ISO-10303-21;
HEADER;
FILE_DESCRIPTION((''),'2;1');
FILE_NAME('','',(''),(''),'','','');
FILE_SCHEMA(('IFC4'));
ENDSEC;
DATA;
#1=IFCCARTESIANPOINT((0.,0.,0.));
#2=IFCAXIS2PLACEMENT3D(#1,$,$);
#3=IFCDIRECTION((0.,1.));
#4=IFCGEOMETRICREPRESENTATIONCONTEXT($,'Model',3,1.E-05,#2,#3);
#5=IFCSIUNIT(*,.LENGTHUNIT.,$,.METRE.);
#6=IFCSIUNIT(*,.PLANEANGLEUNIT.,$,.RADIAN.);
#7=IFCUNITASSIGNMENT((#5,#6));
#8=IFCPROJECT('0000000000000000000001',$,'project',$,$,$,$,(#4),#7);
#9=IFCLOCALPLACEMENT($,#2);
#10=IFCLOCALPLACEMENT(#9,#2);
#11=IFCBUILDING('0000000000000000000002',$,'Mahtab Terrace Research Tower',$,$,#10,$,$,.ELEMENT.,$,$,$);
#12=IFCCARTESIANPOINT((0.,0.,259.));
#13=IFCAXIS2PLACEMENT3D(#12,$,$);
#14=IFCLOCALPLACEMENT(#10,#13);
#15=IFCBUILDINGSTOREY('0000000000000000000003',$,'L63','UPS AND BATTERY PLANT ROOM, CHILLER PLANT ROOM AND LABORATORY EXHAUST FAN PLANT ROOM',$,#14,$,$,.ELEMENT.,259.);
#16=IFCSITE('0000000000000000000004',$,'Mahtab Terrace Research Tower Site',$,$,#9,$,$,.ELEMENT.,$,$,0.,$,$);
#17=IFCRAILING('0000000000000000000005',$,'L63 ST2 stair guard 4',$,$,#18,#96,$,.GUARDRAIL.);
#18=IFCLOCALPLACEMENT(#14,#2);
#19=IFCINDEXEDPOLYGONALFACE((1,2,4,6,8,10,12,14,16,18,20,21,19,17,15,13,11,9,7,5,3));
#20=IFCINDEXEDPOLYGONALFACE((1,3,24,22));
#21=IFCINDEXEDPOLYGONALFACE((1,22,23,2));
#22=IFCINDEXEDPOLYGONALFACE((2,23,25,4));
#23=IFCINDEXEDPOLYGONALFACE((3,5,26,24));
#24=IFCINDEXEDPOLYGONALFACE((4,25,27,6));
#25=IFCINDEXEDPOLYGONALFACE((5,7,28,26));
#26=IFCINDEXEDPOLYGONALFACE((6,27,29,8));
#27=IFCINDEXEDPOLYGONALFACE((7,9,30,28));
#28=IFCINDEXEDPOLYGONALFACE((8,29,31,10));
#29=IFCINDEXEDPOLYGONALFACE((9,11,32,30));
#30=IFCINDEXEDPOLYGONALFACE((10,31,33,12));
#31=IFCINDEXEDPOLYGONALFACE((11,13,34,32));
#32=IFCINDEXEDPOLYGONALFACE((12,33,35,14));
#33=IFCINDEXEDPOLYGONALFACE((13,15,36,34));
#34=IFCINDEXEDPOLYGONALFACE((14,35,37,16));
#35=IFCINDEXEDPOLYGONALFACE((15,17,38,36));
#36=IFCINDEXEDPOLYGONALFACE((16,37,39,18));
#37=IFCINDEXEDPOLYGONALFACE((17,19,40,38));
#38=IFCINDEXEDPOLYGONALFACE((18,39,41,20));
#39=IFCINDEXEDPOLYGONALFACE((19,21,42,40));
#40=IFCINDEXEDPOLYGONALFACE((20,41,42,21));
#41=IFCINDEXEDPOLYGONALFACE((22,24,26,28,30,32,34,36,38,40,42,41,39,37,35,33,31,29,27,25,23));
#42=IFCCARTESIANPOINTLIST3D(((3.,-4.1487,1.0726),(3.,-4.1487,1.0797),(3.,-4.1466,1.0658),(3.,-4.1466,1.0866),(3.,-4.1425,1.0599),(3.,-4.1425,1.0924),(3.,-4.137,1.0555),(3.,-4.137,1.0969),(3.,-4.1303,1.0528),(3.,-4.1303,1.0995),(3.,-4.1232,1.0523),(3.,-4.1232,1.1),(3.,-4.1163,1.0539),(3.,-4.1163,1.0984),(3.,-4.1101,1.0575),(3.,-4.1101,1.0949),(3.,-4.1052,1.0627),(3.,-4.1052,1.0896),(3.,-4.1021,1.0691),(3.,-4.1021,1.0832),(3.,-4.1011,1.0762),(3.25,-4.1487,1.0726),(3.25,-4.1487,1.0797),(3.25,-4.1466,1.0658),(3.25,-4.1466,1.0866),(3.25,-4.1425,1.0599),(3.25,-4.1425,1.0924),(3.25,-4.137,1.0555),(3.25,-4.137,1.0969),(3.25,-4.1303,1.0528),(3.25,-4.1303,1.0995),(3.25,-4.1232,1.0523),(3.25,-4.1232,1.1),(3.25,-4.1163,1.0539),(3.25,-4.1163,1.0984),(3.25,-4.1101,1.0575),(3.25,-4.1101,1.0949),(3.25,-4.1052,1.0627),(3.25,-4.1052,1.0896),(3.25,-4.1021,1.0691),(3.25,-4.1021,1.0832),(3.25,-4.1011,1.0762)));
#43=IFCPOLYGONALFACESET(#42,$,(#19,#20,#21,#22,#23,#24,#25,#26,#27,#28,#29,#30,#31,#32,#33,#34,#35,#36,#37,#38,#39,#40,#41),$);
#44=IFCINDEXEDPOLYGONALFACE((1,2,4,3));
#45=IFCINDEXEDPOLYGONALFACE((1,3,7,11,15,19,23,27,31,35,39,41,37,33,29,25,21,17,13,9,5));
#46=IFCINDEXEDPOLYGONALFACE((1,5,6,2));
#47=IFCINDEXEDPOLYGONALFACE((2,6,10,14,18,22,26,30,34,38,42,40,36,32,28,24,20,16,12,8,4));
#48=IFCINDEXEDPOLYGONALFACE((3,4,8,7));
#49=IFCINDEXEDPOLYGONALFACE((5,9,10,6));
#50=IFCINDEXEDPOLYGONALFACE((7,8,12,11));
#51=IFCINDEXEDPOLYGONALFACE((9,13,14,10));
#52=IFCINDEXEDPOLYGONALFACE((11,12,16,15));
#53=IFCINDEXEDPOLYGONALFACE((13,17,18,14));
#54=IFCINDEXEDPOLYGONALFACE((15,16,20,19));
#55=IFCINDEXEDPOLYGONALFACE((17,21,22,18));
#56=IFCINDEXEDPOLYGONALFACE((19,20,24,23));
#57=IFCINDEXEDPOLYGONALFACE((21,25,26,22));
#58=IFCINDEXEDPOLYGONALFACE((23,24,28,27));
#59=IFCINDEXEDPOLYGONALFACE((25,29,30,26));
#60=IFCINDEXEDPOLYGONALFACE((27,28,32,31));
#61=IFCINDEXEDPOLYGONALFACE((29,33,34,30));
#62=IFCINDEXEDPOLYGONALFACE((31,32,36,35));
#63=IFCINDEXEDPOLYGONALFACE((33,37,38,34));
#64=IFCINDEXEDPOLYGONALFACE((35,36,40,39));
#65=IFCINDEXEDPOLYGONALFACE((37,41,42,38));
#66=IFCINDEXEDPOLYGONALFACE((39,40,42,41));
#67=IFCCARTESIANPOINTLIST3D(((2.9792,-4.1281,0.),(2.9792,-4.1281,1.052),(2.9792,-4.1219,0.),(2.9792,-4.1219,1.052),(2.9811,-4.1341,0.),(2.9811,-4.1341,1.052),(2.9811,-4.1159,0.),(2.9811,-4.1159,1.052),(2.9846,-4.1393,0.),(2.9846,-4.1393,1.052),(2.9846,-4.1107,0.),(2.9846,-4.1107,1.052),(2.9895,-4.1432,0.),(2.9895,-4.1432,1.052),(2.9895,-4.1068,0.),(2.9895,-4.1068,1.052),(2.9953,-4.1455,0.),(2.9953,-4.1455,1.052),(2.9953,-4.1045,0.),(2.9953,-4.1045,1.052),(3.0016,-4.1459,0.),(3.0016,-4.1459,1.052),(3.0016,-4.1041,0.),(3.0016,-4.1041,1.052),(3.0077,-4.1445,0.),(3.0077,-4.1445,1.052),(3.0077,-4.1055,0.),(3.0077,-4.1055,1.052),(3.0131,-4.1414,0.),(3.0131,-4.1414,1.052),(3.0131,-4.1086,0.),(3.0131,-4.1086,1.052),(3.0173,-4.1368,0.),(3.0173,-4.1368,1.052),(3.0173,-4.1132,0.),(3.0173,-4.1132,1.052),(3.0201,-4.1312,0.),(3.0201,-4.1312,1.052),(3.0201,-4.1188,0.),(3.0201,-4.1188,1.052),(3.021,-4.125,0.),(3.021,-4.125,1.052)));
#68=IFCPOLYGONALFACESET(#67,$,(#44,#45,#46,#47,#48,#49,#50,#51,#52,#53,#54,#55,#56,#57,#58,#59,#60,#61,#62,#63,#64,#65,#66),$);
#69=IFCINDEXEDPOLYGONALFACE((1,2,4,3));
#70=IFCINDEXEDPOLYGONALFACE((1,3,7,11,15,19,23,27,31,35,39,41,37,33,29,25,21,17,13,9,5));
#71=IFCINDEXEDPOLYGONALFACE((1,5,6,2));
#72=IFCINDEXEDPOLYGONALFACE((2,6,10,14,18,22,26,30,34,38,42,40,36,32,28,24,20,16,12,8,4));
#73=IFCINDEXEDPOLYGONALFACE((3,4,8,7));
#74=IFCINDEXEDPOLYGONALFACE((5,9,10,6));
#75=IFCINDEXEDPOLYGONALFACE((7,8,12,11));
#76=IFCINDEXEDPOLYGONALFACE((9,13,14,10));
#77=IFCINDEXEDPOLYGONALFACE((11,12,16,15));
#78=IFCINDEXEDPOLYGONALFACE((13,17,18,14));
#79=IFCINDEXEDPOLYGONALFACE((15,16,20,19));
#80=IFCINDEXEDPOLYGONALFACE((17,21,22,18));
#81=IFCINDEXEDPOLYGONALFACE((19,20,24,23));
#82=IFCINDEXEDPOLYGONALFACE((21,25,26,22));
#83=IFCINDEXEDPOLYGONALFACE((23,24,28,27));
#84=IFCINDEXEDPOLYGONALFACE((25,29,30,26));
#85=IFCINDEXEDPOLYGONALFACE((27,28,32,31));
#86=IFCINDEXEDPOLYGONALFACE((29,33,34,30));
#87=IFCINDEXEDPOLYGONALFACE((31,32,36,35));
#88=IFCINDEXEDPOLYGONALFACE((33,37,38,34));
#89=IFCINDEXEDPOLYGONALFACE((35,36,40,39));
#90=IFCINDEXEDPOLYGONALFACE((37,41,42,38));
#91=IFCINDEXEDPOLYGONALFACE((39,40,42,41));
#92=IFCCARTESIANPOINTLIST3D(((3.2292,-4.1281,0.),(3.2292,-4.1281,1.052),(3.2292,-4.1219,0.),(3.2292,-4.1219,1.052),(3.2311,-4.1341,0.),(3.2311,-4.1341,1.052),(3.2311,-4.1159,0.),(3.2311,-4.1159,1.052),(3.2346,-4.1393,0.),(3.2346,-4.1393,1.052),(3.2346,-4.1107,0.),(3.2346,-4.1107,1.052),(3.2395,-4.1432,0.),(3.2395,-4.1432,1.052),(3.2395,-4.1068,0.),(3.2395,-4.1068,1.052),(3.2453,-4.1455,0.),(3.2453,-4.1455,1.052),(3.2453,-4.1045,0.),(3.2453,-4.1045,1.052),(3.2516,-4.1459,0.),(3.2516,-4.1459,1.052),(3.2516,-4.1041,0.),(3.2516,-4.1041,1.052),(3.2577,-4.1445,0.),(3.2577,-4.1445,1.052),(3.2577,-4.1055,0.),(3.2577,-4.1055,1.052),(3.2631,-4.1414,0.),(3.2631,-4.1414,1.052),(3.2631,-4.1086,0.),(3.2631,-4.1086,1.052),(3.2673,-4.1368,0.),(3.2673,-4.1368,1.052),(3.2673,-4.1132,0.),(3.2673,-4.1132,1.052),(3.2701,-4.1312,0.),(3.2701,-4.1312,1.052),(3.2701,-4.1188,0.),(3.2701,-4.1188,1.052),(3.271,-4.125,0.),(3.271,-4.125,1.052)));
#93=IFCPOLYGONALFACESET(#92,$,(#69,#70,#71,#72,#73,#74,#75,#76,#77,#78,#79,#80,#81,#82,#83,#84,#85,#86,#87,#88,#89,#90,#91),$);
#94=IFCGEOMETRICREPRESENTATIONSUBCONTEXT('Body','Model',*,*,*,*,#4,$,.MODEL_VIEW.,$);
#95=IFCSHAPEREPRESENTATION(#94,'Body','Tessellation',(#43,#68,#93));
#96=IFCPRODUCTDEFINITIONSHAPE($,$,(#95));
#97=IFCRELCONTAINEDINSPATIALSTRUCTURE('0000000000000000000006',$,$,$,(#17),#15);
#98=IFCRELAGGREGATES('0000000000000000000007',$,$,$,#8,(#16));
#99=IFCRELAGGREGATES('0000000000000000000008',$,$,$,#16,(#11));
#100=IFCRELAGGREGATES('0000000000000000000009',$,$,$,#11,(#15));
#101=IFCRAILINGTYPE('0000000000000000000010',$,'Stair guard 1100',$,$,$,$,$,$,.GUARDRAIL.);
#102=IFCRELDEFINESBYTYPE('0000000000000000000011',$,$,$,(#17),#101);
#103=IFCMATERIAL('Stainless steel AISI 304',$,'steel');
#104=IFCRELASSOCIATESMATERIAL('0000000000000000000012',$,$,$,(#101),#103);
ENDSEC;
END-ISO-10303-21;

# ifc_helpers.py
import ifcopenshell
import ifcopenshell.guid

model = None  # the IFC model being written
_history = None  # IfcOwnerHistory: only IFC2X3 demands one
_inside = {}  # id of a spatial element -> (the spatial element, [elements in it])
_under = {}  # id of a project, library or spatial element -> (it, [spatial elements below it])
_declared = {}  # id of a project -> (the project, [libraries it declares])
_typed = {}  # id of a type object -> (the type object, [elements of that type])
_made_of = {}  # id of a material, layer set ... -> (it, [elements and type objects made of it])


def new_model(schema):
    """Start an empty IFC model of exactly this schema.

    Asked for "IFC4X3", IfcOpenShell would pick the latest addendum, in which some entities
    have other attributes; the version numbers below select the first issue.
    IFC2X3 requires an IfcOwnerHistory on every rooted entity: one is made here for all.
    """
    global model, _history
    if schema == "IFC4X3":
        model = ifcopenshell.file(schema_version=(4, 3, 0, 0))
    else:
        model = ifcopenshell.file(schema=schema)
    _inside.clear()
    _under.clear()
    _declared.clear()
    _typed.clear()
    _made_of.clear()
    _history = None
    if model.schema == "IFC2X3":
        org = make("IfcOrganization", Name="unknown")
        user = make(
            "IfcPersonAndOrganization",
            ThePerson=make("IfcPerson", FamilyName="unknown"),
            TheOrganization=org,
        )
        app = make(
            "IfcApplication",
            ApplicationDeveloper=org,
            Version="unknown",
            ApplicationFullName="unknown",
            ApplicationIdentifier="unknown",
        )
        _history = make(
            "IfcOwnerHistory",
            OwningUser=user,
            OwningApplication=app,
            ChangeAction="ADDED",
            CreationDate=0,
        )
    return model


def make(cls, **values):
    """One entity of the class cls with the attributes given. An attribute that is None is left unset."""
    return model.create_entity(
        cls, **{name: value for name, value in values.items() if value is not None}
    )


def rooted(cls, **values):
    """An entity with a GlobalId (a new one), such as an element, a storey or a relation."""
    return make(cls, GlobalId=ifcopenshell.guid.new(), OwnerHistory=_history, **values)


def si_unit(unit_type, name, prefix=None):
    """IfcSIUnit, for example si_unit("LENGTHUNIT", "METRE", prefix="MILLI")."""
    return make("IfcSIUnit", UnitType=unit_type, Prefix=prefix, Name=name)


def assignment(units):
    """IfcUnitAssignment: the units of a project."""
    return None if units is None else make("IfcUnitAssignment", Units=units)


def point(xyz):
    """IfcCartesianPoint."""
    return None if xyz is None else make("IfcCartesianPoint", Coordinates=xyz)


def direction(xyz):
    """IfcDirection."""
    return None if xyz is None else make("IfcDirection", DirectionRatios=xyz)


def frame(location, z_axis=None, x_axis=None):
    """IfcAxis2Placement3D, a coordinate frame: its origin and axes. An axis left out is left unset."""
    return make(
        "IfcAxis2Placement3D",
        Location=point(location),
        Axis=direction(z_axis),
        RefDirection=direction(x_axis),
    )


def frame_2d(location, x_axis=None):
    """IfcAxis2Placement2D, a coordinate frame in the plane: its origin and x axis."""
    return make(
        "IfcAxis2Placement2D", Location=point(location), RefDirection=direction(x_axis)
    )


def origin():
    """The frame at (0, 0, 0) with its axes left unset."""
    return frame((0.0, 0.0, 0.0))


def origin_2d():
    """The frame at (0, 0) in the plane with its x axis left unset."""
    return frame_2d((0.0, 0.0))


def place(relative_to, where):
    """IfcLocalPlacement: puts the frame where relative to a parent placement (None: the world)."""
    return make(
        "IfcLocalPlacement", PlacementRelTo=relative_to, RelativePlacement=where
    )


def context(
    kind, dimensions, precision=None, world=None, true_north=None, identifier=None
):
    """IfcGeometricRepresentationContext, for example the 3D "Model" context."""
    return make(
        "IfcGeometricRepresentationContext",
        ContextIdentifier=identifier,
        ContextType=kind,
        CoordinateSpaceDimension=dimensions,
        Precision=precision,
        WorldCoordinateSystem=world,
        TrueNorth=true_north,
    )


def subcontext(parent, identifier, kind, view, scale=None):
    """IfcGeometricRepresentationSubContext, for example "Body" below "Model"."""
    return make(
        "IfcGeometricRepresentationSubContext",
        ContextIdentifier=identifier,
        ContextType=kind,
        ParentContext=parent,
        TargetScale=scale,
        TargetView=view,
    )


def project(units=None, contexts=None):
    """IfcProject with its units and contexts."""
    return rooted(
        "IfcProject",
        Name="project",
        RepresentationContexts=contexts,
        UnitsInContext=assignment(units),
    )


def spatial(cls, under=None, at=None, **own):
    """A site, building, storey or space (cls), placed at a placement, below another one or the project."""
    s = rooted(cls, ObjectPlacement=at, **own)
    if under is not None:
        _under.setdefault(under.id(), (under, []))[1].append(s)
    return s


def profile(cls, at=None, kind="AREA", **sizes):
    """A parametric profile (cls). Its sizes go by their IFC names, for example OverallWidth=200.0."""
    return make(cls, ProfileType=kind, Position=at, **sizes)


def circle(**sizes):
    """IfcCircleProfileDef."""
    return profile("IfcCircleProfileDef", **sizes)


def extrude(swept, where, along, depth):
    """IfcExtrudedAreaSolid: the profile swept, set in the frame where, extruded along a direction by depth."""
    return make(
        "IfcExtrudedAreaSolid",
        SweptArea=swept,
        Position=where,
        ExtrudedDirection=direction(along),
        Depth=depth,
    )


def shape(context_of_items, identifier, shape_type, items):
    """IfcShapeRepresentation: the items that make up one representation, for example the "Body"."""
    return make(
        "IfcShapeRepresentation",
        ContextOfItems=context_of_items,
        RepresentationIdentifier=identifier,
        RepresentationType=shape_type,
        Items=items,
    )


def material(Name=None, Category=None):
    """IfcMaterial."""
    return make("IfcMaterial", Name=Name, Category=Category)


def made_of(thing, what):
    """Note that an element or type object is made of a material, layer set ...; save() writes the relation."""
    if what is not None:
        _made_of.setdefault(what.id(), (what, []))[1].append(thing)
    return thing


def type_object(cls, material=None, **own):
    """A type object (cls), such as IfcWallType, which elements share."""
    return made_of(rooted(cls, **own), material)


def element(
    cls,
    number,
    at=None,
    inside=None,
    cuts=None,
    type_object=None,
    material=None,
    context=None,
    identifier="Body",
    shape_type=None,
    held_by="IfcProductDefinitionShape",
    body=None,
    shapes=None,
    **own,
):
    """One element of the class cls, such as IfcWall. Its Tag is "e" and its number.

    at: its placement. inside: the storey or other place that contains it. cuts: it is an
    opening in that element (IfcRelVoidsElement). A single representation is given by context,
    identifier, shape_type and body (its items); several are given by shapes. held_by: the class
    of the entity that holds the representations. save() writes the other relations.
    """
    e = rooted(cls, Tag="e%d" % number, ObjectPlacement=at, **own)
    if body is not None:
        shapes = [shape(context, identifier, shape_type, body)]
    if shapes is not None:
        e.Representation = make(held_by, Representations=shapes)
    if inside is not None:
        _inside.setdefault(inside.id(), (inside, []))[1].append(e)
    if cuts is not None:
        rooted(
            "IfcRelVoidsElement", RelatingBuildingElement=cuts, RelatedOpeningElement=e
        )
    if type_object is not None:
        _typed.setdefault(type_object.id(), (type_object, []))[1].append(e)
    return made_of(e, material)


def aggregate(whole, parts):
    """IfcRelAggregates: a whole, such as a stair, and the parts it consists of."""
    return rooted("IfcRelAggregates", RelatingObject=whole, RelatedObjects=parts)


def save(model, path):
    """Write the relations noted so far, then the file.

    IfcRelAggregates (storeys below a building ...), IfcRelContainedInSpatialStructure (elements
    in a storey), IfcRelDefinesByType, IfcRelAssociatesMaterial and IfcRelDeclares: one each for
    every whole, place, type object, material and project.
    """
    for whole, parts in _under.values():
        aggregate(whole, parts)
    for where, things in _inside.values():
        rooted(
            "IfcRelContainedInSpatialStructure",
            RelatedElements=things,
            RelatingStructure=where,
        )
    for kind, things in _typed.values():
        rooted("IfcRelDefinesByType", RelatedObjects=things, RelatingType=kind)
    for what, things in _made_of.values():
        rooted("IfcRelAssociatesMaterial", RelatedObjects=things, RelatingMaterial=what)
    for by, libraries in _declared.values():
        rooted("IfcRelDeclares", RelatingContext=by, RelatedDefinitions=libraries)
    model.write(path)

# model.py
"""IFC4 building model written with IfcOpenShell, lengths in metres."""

from ifc_helpers import new_model, si_unit, direction, frame, origin, origin_2d, place, context, subcontext, project, spatial, circle, extrude, material, type_object, element, save


model = new_model("IFC4")

# Units and contexts
model_context = context("Model", 3, precision=1e-05, world=origin(), true_north=direction((0.0, 1.0)))
body_context = subcontext(model_context, "Body", "Model", "MODEL_VIEW")
ifc_project = project(units=[si_unit("LENGTHUNIT", "METRE"), si_unit("PLANEANGLEUNIT", "RADIAN")], contexts=[model_context])

# Site, building, storey
site_placement = place(None, origin())
site = spatial("IfcSite", under=ifc_project, at=site_placement, Name="Mahtab Terrace Research Tower Site", CompositionType="ELEMENT", RefElevation=0.0)
building_placement = place(site_placement, origin())
building = spatial("IfcBuilding", under=site, at=building_placement, Name="Mahtab Terrace Research Tower", CompositionType="ELEMENT")
storey_placement = place(building_placement, frame((0.0, 0.0, 259.0)))
storey = spatial("IfcBuildingStorey", under=building, at=storey_placement, Name="L63", Description="UPS AND BATTERY PLANT ROOM, CHILLER PLANT ROOM AND LABORATORY EXHAUST FAN PLANT ROOM", CompositionType="ELEMENT", Elevation=259.0)

# Railing
ifc_material_1 = material(Name="Stainless steel AISI 304", Category="steel")
railing_type = type_object("IfcRailingType", Name="Stair guard 1100", PredefinedType="GUARDRAIL", material=ifc_material_1)
railing_1_placement = place(storey_placement, frame((3.0, -4.125, 0.0)))
element("IfcRailing", 1, at=railing_1_placement, inside=storey, type_object=railing_type, Name="L63 ST2 stair guard 4", PredefinedType="GUARDRAIL", context=body_context, shape_type="SweptSolid", body=[
    extrude(circle(Radius=0.0239, at=origin_2d()), frame((0.0, 0.0, 1.0762), z_axis=(1.0, 0.0, 0.0), x_axis=(0.0, 1.0, 0.0)), (0.0, 0.0, 1.0), 0.25),
    extrude(circle(Radius=0.021, at=origin_2d()), origin(), (0.0, 0.0, 1.0), 1.052),
    extrude(circle(Radius=0.021, at=origin_2d()), frame((0.25, 0.0, 0.0)), (0.0, 0.0, 1.0), 1.052),
])

save(model, "model.ifc")
